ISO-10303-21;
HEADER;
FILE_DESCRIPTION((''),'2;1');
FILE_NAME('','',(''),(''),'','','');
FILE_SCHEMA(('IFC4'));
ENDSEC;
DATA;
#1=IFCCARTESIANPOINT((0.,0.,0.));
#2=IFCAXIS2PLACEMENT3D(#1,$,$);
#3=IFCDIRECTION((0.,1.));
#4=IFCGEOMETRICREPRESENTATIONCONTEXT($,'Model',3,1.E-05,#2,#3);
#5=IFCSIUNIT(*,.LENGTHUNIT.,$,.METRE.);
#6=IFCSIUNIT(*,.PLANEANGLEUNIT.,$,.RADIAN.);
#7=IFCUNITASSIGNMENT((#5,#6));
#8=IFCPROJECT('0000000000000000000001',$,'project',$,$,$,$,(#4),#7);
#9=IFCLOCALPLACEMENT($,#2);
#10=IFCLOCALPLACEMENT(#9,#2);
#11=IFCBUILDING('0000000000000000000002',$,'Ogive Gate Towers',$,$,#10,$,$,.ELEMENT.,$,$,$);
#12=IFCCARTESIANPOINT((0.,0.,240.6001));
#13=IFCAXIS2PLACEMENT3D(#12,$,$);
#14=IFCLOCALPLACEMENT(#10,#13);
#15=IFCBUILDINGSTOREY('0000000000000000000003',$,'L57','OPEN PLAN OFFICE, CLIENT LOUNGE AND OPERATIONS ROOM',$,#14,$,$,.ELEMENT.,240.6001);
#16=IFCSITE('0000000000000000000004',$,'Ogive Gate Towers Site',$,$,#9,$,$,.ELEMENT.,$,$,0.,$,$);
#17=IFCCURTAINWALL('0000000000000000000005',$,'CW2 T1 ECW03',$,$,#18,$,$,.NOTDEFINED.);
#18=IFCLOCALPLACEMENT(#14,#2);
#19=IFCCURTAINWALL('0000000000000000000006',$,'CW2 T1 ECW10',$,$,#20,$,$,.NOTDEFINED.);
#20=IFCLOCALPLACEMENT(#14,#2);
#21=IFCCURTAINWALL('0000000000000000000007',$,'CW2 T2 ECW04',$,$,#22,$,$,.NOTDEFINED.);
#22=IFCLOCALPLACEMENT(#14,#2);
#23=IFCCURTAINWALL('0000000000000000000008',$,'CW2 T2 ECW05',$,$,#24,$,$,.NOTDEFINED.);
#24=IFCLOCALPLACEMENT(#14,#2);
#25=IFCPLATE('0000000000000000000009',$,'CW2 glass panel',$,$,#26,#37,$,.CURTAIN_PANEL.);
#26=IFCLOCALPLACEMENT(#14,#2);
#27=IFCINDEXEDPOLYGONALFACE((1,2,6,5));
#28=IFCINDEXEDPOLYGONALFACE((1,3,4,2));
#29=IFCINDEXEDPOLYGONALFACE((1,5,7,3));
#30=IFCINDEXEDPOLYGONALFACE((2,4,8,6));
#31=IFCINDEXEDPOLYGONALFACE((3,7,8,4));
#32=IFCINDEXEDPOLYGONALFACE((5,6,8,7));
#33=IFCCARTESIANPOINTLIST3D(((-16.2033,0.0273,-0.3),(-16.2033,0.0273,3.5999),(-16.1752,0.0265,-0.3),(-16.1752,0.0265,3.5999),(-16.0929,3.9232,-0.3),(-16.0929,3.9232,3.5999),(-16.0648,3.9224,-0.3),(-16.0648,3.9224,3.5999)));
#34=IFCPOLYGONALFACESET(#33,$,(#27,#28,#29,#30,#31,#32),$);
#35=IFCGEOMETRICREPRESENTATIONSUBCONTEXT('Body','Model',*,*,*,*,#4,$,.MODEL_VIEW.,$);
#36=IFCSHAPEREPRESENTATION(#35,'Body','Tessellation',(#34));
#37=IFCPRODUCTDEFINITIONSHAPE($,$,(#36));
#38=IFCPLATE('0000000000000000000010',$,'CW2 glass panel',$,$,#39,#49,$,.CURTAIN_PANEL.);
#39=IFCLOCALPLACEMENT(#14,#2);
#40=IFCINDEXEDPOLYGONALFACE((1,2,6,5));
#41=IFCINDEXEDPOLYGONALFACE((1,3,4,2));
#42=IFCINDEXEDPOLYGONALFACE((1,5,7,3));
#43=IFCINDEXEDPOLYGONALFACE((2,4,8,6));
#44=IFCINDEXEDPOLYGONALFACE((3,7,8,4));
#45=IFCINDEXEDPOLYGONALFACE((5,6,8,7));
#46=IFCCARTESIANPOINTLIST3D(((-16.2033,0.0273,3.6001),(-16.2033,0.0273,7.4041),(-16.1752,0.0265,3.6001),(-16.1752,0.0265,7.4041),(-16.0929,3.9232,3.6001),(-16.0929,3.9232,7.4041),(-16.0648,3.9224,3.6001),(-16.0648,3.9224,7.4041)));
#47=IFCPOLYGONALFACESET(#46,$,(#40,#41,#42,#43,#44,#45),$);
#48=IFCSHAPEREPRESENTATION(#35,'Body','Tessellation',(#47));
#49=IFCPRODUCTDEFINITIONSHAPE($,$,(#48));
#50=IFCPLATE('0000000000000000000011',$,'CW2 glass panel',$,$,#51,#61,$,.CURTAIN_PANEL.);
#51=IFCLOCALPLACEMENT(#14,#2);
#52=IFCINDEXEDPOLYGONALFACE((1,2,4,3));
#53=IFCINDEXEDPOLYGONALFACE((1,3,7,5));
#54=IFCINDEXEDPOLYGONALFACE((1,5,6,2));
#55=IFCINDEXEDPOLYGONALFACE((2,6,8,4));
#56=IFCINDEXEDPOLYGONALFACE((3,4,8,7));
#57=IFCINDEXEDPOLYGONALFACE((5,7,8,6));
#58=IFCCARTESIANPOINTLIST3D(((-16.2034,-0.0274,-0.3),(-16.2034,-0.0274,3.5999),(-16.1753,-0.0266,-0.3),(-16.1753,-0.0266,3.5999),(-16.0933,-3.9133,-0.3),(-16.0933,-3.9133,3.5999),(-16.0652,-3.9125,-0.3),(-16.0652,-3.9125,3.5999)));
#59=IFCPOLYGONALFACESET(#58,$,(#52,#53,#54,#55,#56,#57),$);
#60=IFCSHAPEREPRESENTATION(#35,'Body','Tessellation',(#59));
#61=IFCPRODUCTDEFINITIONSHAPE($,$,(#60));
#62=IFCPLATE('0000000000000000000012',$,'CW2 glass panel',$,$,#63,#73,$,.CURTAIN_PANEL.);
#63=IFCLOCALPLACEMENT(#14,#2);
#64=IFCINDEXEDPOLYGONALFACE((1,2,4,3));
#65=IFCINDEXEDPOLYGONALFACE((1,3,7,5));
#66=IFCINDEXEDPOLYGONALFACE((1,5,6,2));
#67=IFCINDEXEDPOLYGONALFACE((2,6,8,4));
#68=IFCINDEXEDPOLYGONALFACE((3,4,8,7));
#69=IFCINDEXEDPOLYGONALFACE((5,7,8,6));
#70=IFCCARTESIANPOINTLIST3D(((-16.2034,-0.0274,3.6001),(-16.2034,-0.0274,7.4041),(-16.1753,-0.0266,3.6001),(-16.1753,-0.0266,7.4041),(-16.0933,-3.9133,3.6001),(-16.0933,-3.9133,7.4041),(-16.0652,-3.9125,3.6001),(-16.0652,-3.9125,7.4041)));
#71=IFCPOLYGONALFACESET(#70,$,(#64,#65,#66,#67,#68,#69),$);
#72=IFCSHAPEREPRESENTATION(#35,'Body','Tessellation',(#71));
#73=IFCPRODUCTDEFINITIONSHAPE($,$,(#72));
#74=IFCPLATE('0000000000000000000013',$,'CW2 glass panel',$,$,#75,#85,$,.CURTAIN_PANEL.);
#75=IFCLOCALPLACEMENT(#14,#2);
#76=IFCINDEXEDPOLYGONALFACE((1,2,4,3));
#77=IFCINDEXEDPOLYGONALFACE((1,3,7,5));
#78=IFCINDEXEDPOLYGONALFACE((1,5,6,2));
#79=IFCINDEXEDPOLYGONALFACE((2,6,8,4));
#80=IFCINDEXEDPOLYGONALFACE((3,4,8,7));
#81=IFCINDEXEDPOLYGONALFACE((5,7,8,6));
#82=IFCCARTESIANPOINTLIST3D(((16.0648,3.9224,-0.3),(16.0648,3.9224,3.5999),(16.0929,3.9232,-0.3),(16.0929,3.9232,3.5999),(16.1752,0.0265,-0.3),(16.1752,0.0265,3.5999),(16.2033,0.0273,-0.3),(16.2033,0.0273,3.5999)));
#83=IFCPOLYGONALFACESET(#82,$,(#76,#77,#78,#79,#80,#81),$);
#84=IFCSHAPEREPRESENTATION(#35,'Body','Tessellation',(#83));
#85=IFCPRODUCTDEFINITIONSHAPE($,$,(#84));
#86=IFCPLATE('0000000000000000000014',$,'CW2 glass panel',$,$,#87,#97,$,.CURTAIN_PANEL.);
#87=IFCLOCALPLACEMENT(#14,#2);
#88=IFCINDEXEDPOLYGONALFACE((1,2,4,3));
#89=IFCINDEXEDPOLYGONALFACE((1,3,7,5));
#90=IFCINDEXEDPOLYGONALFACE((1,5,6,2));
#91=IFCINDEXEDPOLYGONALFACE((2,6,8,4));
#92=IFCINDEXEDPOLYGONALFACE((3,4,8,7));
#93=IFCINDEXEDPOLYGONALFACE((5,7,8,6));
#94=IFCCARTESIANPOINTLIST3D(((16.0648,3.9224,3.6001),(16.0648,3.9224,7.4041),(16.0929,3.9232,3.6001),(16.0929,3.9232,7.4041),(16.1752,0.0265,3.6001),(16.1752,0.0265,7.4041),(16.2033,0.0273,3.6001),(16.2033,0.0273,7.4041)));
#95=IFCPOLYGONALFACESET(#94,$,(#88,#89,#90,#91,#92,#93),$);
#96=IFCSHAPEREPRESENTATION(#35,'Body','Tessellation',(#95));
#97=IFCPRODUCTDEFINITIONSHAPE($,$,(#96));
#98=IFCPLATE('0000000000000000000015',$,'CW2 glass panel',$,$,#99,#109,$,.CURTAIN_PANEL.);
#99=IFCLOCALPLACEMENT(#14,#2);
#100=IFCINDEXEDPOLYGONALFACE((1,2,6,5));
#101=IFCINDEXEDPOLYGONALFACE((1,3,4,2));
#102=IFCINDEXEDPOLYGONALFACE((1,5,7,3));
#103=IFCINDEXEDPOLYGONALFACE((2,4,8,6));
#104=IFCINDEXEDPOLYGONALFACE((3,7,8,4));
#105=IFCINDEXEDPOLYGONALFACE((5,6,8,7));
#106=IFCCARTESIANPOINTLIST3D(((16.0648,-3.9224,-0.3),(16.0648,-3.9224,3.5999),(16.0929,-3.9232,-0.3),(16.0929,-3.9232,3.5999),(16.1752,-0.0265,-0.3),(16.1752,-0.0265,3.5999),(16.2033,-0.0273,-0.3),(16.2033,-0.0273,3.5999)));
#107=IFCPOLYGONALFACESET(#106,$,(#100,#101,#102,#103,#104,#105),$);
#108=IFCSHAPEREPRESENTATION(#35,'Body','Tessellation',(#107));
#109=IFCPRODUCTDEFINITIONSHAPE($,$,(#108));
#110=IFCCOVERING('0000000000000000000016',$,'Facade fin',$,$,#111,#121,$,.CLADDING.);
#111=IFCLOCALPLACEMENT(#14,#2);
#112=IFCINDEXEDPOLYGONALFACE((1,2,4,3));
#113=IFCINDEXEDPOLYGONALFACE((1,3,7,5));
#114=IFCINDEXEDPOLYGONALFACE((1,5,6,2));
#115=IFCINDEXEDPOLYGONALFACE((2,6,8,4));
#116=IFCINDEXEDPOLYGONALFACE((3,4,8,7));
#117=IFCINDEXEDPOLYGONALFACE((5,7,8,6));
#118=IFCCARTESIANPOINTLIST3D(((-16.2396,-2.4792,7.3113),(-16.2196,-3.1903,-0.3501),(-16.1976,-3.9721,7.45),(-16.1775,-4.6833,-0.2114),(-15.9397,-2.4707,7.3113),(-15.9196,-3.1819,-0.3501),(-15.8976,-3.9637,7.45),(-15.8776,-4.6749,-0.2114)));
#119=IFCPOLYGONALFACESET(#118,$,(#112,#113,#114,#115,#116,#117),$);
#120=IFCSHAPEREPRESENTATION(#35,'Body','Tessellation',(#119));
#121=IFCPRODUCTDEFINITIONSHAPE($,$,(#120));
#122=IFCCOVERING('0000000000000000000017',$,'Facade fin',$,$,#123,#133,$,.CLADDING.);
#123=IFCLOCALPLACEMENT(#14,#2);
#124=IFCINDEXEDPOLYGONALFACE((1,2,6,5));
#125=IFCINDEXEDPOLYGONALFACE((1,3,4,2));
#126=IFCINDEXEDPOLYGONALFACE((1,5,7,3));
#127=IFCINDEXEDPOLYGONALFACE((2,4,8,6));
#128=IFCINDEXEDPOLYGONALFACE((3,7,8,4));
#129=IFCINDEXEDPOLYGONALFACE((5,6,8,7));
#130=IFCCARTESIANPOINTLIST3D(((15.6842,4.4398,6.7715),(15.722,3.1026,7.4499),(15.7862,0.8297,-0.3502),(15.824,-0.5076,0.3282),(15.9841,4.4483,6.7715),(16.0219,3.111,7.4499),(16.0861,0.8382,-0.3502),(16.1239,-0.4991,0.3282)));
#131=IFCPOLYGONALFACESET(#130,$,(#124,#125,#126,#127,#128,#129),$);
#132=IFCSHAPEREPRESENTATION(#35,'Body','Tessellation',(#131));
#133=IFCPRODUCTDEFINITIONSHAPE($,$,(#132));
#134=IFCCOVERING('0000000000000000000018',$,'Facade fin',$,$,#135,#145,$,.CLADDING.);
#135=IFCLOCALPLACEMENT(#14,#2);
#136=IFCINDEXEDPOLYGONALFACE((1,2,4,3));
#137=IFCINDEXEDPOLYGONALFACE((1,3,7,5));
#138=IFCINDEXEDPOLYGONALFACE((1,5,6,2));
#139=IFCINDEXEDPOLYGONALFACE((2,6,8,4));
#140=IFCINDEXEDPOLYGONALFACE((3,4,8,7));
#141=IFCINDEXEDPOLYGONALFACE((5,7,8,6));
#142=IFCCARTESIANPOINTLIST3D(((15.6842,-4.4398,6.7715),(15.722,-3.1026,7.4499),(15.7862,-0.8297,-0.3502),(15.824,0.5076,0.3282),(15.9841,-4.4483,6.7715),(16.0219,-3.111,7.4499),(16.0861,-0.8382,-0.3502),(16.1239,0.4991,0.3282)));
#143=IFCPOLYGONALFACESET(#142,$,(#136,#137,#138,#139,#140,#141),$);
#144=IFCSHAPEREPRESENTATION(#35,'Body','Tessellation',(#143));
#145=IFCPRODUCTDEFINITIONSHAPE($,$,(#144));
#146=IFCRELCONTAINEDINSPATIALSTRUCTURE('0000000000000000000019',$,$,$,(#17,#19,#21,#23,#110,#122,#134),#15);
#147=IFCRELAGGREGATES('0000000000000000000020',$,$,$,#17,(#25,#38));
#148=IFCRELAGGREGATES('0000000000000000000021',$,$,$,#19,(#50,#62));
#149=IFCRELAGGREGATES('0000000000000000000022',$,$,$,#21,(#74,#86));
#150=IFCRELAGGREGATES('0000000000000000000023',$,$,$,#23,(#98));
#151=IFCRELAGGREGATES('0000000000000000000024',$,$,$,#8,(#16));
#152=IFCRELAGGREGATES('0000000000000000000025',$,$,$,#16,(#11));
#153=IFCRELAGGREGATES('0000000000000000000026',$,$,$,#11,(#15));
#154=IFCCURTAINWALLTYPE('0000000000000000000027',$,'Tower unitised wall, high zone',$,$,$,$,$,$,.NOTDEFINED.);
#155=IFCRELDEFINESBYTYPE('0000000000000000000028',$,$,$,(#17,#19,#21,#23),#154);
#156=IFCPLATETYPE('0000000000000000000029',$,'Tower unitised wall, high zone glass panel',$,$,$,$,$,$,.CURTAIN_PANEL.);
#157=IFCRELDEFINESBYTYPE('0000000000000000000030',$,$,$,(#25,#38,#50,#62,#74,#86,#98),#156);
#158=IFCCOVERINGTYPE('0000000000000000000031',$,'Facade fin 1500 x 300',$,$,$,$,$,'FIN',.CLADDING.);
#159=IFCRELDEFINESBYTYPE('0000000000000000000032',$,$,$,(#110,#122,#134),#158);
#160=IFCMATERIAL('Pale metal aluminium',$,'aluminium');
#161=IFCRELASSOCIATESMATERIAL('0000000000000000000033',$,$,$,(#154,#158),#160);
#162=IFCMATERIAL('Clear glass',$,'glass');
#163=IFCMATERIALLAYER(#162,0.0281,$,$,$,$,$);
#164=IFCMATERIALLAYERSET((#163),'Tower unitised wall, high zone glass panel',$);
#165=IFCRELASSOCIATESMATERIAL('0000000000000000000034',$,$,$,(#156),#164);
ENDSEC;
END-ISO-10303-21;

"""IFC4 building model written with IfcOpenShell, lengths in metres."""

from ifc_helpers import new_model, si_unit, direction, frame, origin, origin_2d, place, context, subcontext, project, spatial, rectangle, extrude, material, layer, layer_set, material_profile, profile_set, type_object, element, aggregate, save


model = new_model("IFC4")

# Units and contexts
model_context = context("Model", 3, precision=1e-05, world=origin(), true_north=direction((0.0, 1.0)))
body_context = subcontext(model_context, "Body", "Model", "MODEL_VIEW")
ifc_project = project(units=[si_unit("LENGTHUNIT", "METRE"), si_unit("PLANEANGLEUNIT", "RADIAN")], contexts=[model_context])

# Site, building, storey
site_placement = place(None, origin())
site = spatial("IfcSite", under=ifc_project, at=site_placement, Name="Ogive Gate Towers Site", CompositionType="ELEMENT", RefElevation=0.0)
building_placement = place(site_placement, origin())
building = spatial("IfcBuilding", under=site, at=building_placement, Name="Ogive Gate Towers", CompositionType="ELEMENT")
storey_placement = place(building_placement, frame((0.0, 0.0, 240.6001)))
storey = spatial("IfcBuildingStorey", under=building, at=storey_placement, Name="L57", Description="OPEN PLAN OFFICE, CLIENT LOUNGE AND OPERATIONS ROOM", CompositionType="ELEMENT", Elevation=240.6001)

# Curtain wall
ifc_material_1 = material(Name="Pale metal aluminium", Category="aluminium")
curtain_wall_type = type_object("IfcCurtainWallType", Name="Tower unitised wall, high zone", PredefinedType="NOTDEFINED", material=ifc_material_1)
curtain_wall_1_placement = place(storey_placement, origin())
curtain_wall_1 = element("IfcCurtainWall", 1, at=curtain_wall_1_placement, inside=storey, type_object=curtain_wall_type, Name="CW2 T1 ECW03", PredefinedType="NOTDEFINED")

# Curtain walls
curtain_wall_2_placement = place(storey_placement, origin())
curtain_wall_2 = element("IfcCurtainWall", 2, at=curtain_wall_2_placement, inside=storey, type_object=curtain_wall_type, Name="CW2 T1 ECW10", PredefinedType="NOTDEFINED")
curtain_wall_3_placement = place(storey_placement, origin())
curtain_wall_3 = element("IfcCurtainWall", 3, at=curtain_wall_3_placement, inside=storey, type_object=curtain_wall_type, Name="CW2 T2 ECW04", PredefinedType="NOTDEFINED")
curtain_wall_4_placement = place(storey_placement, origin())
curtain_wall_4 = element("IfcCurtainWall", 4, at=curtain_wall_4_placement, inside=storey, type_object=curtain_wall_type, Name="CW2 T2 ECW05", PredefinedType="NOTDEFINED")

# Plates
ifc_material_2 = material(Name="Clear glass", Category="glass")
ifc_layer_1 = layer(ifc_material_2, 0.0281)
ifc_layer_set_1 = layer_set([ifc_layer_1], Name="Tower unitised wall, high zone glass panel")
plate_type = type_object("IfcPlateType", Name="Tower unitised wall, high zone glass panel", PredefinedType="CURTAIN_PANEL", material=ifc_layer_set_1)
plate_1_placement = place(storey_placement, frame((-16.134, 1.9749, -0.3), z_axis=(0.0, 0.0, 1.0), x_axis=(-0.028323, -0.999599, 0.0)))
plate_1 = element("IfcPlate", 5, at=plate_1_placement, type_object=plate_type, Name="CW2 glass panel", PredefinedType="CURTAIN_PANEL", context=body_context, shape_type="SweptSolid", body=[
    extrude(rectangle(XDim=3.8975, YDim=0.0281, at=origin_2d()), origin(), (0.0, 0.0, 1.0), 3.8999),
])
plate_2_placement = place(storey_placement, frame((-16.134, 1.9749, 3.6001), z_axis=(0.0, 0.0, 1.0), x_axis=(-0.028323, -0.999599, 0.0)))
plate_2 = element("IfcPlate", 6, at=plate_2_placement, type_object=plate_type, Name="CW2 glass panel", PredefinedType="CURTAIN_PANEL", context=body_context, shape_type="SweptSolid", body=[
    extrude(rectangle(XDim=3.8975, YDim=0.0281, at=origin_2d()), origin(), (0.0, 0.0, 1.0), 3.804),
])
aggregate(curtain_wall_1, [plate_1, plate_2])
plate_3_placement = place(storey_placement, frame((-16.1343, -1.97, -0.3), z_axis=(0.0, 0.0, 1.0), x_axis=(0.028323, -0.999599, 0.0)))
plate_3 = element("IfcPlate", 7, at=plate_3_placement, type_object=plate_type, Name="CW2 glass panel", PredefinedType="CURTAIN_PANEL", context=body_context, shape_type="SweptSolid", body=[
    extrude(rectangle(XDim=3.8875, YDim=0.0281, at=origin_2d()), origin(), (0.0, 0.0, 1.0), 3.8999),
])
plate_4_placement = place(storey_placement, frame((-16.1343, -1.97, 3.6001), z_axis=(0.0, 0.0, 1.0), x_axis=(0.028323, -0.999599, 0.0)))
plate_4 = element("IfcPlate", 8, at=plate_4_placement, type_object=plate_type, Name="CW2 glass panel", PredefinedType="CURTAIN_PANEL", context=body_context, shape_type="SweptSolid", body=[
    extrude(rectangle(XDim=3.8875, YDim=0.0281, at=origin_2d()), origin(), (0.0, 0.0, 1.0), 3.804),
])
aggregate(curtain_wall_2, [plate_3, plate_4])
plate_5_placement = place(storey_placement, frame((16.134, 1.9749, -0.3), z_axis=(0.0, 0.0, 1.0), x_axis=(0.028323, -0.999599, 0.0)))
plate_5 = element("IfcPlate", 9, at=plate_5_placement, type_object=plate_type, Name="CW2 glass panel", PredefinedType="CURTAIN_PANEL", context=body_context, shape_type="SweptSolid", body=[
    extrude(rectangle(XDim=3.8975, YDim=0.0281, at=origin_2d()), origin(), (0.0, 0.0, 1.0), 3.8999),
])
plate_6_placement = place(storey_placement, frame((16.134, 1.9749, 3.6001), z_axis=(0.0, 0.0, 1.0), x_axis=(0.028323, -0.999599, 0.0)))
plate_6 = element("IfcPlate", 10, at=plate_6_placement, type_object=plate_type, Name="CW2 glass panel", PredefinedType="CURTAIN_PANEL", context=body_context, shape_type="SweptSolid", body=[
    extrude(rectangle(XDim=3.8975, YDim=0.0281, at=origin_2d()), origin(), (0.0, 0.0, 1.0), 3.804),
])
aggregate(curtain_wall_3, [plate_5, plate_6])
plate_7_placement = place(storey_placement, frame((16.134, -1.9749, -0.3), z_axis=(0.0, 0.0, 1.0), x_axis=(-0.028323, -0.999599, 0.0)))
plate_7 = element("IfcPlate", 11, at=plate_7_placement, type_object=plate_type, Name="CW2 glass panel", PredefinedType="CURTAIN_PANEL", context=body_context, shape_type="SweptSolid", body=[
    extrude(rectangle(XDim=3.8975, YDim=0.0281, at=origin_2d()), origin(), (0.0, 0.0, 1.0), 3.8999),
])
aggregate(curtain_wall_4, [plate_7])

# Coverings
ifc_material_profile_1 = material_profile(ifc_material_1, rectangle(XDim=0.3, YDim=1.5, at=origin_2d()), Name="1500 x 300 pale metal aluminium")
ifc_profile_set_1 = profile_set([ifc_material_profile_1], Name="Pale metal aluminium")
covering_type = type_object("IfcCoveringType", Name="Facade fin 1500 x 300", ElementType="FIN", PredefinedType="CLADDING", material=ifc_profile_set_1)
covering_placement = place(storey_placement, frame((-16.0486, -3.9326, -0.2808), z_axis=(-0.002602, 0.092429, 0.995716), x_axis=(-0.999604, -0.028139, 0.0)))
element("IfcCovering", 12, at=covering_placement, inside=storey, type_object=covering_type, Name="Facade fin", PredefinedType="CLADDING", context=body_context, shape_type="SweptSolid", body=[
    extrude(rectangle(XDim=0.3, YDim=1.5, at=origin_2d()), origin(), (0.0, 0.0, 1.0), 7.6943),
])
for number, where, z_axis, x_axis, name in (
    (13, (15.9551, 0.1653, -0.011), (-0.01278, 0.452111, 0.89187), (-0.999601, -0.028257, 0.0), "Facade fin"),
    (14, (15.9551, -0.1653, -0.011), (-0.01278, -0.452111, 0.89187), (0.999601, -0.028257, 0.0), "Facade fin"),
):
    element("IfcCovering", number, at=place(storey_placement, frame(where, z_axis=z_axis, x_axis=x_axis)), inside=storey, type_object=covering_type, Name=name, PredefinedType="CLADDING", context=body_context, shape_type="SweptSolid", body=[
        extrude(rectangle(XDim=0.3, YDim=1.5, at=origin_2d()), origin(), (0.0, 0.0, 1.0), 7.9851),
    ])

save(model, "model.ifc")
